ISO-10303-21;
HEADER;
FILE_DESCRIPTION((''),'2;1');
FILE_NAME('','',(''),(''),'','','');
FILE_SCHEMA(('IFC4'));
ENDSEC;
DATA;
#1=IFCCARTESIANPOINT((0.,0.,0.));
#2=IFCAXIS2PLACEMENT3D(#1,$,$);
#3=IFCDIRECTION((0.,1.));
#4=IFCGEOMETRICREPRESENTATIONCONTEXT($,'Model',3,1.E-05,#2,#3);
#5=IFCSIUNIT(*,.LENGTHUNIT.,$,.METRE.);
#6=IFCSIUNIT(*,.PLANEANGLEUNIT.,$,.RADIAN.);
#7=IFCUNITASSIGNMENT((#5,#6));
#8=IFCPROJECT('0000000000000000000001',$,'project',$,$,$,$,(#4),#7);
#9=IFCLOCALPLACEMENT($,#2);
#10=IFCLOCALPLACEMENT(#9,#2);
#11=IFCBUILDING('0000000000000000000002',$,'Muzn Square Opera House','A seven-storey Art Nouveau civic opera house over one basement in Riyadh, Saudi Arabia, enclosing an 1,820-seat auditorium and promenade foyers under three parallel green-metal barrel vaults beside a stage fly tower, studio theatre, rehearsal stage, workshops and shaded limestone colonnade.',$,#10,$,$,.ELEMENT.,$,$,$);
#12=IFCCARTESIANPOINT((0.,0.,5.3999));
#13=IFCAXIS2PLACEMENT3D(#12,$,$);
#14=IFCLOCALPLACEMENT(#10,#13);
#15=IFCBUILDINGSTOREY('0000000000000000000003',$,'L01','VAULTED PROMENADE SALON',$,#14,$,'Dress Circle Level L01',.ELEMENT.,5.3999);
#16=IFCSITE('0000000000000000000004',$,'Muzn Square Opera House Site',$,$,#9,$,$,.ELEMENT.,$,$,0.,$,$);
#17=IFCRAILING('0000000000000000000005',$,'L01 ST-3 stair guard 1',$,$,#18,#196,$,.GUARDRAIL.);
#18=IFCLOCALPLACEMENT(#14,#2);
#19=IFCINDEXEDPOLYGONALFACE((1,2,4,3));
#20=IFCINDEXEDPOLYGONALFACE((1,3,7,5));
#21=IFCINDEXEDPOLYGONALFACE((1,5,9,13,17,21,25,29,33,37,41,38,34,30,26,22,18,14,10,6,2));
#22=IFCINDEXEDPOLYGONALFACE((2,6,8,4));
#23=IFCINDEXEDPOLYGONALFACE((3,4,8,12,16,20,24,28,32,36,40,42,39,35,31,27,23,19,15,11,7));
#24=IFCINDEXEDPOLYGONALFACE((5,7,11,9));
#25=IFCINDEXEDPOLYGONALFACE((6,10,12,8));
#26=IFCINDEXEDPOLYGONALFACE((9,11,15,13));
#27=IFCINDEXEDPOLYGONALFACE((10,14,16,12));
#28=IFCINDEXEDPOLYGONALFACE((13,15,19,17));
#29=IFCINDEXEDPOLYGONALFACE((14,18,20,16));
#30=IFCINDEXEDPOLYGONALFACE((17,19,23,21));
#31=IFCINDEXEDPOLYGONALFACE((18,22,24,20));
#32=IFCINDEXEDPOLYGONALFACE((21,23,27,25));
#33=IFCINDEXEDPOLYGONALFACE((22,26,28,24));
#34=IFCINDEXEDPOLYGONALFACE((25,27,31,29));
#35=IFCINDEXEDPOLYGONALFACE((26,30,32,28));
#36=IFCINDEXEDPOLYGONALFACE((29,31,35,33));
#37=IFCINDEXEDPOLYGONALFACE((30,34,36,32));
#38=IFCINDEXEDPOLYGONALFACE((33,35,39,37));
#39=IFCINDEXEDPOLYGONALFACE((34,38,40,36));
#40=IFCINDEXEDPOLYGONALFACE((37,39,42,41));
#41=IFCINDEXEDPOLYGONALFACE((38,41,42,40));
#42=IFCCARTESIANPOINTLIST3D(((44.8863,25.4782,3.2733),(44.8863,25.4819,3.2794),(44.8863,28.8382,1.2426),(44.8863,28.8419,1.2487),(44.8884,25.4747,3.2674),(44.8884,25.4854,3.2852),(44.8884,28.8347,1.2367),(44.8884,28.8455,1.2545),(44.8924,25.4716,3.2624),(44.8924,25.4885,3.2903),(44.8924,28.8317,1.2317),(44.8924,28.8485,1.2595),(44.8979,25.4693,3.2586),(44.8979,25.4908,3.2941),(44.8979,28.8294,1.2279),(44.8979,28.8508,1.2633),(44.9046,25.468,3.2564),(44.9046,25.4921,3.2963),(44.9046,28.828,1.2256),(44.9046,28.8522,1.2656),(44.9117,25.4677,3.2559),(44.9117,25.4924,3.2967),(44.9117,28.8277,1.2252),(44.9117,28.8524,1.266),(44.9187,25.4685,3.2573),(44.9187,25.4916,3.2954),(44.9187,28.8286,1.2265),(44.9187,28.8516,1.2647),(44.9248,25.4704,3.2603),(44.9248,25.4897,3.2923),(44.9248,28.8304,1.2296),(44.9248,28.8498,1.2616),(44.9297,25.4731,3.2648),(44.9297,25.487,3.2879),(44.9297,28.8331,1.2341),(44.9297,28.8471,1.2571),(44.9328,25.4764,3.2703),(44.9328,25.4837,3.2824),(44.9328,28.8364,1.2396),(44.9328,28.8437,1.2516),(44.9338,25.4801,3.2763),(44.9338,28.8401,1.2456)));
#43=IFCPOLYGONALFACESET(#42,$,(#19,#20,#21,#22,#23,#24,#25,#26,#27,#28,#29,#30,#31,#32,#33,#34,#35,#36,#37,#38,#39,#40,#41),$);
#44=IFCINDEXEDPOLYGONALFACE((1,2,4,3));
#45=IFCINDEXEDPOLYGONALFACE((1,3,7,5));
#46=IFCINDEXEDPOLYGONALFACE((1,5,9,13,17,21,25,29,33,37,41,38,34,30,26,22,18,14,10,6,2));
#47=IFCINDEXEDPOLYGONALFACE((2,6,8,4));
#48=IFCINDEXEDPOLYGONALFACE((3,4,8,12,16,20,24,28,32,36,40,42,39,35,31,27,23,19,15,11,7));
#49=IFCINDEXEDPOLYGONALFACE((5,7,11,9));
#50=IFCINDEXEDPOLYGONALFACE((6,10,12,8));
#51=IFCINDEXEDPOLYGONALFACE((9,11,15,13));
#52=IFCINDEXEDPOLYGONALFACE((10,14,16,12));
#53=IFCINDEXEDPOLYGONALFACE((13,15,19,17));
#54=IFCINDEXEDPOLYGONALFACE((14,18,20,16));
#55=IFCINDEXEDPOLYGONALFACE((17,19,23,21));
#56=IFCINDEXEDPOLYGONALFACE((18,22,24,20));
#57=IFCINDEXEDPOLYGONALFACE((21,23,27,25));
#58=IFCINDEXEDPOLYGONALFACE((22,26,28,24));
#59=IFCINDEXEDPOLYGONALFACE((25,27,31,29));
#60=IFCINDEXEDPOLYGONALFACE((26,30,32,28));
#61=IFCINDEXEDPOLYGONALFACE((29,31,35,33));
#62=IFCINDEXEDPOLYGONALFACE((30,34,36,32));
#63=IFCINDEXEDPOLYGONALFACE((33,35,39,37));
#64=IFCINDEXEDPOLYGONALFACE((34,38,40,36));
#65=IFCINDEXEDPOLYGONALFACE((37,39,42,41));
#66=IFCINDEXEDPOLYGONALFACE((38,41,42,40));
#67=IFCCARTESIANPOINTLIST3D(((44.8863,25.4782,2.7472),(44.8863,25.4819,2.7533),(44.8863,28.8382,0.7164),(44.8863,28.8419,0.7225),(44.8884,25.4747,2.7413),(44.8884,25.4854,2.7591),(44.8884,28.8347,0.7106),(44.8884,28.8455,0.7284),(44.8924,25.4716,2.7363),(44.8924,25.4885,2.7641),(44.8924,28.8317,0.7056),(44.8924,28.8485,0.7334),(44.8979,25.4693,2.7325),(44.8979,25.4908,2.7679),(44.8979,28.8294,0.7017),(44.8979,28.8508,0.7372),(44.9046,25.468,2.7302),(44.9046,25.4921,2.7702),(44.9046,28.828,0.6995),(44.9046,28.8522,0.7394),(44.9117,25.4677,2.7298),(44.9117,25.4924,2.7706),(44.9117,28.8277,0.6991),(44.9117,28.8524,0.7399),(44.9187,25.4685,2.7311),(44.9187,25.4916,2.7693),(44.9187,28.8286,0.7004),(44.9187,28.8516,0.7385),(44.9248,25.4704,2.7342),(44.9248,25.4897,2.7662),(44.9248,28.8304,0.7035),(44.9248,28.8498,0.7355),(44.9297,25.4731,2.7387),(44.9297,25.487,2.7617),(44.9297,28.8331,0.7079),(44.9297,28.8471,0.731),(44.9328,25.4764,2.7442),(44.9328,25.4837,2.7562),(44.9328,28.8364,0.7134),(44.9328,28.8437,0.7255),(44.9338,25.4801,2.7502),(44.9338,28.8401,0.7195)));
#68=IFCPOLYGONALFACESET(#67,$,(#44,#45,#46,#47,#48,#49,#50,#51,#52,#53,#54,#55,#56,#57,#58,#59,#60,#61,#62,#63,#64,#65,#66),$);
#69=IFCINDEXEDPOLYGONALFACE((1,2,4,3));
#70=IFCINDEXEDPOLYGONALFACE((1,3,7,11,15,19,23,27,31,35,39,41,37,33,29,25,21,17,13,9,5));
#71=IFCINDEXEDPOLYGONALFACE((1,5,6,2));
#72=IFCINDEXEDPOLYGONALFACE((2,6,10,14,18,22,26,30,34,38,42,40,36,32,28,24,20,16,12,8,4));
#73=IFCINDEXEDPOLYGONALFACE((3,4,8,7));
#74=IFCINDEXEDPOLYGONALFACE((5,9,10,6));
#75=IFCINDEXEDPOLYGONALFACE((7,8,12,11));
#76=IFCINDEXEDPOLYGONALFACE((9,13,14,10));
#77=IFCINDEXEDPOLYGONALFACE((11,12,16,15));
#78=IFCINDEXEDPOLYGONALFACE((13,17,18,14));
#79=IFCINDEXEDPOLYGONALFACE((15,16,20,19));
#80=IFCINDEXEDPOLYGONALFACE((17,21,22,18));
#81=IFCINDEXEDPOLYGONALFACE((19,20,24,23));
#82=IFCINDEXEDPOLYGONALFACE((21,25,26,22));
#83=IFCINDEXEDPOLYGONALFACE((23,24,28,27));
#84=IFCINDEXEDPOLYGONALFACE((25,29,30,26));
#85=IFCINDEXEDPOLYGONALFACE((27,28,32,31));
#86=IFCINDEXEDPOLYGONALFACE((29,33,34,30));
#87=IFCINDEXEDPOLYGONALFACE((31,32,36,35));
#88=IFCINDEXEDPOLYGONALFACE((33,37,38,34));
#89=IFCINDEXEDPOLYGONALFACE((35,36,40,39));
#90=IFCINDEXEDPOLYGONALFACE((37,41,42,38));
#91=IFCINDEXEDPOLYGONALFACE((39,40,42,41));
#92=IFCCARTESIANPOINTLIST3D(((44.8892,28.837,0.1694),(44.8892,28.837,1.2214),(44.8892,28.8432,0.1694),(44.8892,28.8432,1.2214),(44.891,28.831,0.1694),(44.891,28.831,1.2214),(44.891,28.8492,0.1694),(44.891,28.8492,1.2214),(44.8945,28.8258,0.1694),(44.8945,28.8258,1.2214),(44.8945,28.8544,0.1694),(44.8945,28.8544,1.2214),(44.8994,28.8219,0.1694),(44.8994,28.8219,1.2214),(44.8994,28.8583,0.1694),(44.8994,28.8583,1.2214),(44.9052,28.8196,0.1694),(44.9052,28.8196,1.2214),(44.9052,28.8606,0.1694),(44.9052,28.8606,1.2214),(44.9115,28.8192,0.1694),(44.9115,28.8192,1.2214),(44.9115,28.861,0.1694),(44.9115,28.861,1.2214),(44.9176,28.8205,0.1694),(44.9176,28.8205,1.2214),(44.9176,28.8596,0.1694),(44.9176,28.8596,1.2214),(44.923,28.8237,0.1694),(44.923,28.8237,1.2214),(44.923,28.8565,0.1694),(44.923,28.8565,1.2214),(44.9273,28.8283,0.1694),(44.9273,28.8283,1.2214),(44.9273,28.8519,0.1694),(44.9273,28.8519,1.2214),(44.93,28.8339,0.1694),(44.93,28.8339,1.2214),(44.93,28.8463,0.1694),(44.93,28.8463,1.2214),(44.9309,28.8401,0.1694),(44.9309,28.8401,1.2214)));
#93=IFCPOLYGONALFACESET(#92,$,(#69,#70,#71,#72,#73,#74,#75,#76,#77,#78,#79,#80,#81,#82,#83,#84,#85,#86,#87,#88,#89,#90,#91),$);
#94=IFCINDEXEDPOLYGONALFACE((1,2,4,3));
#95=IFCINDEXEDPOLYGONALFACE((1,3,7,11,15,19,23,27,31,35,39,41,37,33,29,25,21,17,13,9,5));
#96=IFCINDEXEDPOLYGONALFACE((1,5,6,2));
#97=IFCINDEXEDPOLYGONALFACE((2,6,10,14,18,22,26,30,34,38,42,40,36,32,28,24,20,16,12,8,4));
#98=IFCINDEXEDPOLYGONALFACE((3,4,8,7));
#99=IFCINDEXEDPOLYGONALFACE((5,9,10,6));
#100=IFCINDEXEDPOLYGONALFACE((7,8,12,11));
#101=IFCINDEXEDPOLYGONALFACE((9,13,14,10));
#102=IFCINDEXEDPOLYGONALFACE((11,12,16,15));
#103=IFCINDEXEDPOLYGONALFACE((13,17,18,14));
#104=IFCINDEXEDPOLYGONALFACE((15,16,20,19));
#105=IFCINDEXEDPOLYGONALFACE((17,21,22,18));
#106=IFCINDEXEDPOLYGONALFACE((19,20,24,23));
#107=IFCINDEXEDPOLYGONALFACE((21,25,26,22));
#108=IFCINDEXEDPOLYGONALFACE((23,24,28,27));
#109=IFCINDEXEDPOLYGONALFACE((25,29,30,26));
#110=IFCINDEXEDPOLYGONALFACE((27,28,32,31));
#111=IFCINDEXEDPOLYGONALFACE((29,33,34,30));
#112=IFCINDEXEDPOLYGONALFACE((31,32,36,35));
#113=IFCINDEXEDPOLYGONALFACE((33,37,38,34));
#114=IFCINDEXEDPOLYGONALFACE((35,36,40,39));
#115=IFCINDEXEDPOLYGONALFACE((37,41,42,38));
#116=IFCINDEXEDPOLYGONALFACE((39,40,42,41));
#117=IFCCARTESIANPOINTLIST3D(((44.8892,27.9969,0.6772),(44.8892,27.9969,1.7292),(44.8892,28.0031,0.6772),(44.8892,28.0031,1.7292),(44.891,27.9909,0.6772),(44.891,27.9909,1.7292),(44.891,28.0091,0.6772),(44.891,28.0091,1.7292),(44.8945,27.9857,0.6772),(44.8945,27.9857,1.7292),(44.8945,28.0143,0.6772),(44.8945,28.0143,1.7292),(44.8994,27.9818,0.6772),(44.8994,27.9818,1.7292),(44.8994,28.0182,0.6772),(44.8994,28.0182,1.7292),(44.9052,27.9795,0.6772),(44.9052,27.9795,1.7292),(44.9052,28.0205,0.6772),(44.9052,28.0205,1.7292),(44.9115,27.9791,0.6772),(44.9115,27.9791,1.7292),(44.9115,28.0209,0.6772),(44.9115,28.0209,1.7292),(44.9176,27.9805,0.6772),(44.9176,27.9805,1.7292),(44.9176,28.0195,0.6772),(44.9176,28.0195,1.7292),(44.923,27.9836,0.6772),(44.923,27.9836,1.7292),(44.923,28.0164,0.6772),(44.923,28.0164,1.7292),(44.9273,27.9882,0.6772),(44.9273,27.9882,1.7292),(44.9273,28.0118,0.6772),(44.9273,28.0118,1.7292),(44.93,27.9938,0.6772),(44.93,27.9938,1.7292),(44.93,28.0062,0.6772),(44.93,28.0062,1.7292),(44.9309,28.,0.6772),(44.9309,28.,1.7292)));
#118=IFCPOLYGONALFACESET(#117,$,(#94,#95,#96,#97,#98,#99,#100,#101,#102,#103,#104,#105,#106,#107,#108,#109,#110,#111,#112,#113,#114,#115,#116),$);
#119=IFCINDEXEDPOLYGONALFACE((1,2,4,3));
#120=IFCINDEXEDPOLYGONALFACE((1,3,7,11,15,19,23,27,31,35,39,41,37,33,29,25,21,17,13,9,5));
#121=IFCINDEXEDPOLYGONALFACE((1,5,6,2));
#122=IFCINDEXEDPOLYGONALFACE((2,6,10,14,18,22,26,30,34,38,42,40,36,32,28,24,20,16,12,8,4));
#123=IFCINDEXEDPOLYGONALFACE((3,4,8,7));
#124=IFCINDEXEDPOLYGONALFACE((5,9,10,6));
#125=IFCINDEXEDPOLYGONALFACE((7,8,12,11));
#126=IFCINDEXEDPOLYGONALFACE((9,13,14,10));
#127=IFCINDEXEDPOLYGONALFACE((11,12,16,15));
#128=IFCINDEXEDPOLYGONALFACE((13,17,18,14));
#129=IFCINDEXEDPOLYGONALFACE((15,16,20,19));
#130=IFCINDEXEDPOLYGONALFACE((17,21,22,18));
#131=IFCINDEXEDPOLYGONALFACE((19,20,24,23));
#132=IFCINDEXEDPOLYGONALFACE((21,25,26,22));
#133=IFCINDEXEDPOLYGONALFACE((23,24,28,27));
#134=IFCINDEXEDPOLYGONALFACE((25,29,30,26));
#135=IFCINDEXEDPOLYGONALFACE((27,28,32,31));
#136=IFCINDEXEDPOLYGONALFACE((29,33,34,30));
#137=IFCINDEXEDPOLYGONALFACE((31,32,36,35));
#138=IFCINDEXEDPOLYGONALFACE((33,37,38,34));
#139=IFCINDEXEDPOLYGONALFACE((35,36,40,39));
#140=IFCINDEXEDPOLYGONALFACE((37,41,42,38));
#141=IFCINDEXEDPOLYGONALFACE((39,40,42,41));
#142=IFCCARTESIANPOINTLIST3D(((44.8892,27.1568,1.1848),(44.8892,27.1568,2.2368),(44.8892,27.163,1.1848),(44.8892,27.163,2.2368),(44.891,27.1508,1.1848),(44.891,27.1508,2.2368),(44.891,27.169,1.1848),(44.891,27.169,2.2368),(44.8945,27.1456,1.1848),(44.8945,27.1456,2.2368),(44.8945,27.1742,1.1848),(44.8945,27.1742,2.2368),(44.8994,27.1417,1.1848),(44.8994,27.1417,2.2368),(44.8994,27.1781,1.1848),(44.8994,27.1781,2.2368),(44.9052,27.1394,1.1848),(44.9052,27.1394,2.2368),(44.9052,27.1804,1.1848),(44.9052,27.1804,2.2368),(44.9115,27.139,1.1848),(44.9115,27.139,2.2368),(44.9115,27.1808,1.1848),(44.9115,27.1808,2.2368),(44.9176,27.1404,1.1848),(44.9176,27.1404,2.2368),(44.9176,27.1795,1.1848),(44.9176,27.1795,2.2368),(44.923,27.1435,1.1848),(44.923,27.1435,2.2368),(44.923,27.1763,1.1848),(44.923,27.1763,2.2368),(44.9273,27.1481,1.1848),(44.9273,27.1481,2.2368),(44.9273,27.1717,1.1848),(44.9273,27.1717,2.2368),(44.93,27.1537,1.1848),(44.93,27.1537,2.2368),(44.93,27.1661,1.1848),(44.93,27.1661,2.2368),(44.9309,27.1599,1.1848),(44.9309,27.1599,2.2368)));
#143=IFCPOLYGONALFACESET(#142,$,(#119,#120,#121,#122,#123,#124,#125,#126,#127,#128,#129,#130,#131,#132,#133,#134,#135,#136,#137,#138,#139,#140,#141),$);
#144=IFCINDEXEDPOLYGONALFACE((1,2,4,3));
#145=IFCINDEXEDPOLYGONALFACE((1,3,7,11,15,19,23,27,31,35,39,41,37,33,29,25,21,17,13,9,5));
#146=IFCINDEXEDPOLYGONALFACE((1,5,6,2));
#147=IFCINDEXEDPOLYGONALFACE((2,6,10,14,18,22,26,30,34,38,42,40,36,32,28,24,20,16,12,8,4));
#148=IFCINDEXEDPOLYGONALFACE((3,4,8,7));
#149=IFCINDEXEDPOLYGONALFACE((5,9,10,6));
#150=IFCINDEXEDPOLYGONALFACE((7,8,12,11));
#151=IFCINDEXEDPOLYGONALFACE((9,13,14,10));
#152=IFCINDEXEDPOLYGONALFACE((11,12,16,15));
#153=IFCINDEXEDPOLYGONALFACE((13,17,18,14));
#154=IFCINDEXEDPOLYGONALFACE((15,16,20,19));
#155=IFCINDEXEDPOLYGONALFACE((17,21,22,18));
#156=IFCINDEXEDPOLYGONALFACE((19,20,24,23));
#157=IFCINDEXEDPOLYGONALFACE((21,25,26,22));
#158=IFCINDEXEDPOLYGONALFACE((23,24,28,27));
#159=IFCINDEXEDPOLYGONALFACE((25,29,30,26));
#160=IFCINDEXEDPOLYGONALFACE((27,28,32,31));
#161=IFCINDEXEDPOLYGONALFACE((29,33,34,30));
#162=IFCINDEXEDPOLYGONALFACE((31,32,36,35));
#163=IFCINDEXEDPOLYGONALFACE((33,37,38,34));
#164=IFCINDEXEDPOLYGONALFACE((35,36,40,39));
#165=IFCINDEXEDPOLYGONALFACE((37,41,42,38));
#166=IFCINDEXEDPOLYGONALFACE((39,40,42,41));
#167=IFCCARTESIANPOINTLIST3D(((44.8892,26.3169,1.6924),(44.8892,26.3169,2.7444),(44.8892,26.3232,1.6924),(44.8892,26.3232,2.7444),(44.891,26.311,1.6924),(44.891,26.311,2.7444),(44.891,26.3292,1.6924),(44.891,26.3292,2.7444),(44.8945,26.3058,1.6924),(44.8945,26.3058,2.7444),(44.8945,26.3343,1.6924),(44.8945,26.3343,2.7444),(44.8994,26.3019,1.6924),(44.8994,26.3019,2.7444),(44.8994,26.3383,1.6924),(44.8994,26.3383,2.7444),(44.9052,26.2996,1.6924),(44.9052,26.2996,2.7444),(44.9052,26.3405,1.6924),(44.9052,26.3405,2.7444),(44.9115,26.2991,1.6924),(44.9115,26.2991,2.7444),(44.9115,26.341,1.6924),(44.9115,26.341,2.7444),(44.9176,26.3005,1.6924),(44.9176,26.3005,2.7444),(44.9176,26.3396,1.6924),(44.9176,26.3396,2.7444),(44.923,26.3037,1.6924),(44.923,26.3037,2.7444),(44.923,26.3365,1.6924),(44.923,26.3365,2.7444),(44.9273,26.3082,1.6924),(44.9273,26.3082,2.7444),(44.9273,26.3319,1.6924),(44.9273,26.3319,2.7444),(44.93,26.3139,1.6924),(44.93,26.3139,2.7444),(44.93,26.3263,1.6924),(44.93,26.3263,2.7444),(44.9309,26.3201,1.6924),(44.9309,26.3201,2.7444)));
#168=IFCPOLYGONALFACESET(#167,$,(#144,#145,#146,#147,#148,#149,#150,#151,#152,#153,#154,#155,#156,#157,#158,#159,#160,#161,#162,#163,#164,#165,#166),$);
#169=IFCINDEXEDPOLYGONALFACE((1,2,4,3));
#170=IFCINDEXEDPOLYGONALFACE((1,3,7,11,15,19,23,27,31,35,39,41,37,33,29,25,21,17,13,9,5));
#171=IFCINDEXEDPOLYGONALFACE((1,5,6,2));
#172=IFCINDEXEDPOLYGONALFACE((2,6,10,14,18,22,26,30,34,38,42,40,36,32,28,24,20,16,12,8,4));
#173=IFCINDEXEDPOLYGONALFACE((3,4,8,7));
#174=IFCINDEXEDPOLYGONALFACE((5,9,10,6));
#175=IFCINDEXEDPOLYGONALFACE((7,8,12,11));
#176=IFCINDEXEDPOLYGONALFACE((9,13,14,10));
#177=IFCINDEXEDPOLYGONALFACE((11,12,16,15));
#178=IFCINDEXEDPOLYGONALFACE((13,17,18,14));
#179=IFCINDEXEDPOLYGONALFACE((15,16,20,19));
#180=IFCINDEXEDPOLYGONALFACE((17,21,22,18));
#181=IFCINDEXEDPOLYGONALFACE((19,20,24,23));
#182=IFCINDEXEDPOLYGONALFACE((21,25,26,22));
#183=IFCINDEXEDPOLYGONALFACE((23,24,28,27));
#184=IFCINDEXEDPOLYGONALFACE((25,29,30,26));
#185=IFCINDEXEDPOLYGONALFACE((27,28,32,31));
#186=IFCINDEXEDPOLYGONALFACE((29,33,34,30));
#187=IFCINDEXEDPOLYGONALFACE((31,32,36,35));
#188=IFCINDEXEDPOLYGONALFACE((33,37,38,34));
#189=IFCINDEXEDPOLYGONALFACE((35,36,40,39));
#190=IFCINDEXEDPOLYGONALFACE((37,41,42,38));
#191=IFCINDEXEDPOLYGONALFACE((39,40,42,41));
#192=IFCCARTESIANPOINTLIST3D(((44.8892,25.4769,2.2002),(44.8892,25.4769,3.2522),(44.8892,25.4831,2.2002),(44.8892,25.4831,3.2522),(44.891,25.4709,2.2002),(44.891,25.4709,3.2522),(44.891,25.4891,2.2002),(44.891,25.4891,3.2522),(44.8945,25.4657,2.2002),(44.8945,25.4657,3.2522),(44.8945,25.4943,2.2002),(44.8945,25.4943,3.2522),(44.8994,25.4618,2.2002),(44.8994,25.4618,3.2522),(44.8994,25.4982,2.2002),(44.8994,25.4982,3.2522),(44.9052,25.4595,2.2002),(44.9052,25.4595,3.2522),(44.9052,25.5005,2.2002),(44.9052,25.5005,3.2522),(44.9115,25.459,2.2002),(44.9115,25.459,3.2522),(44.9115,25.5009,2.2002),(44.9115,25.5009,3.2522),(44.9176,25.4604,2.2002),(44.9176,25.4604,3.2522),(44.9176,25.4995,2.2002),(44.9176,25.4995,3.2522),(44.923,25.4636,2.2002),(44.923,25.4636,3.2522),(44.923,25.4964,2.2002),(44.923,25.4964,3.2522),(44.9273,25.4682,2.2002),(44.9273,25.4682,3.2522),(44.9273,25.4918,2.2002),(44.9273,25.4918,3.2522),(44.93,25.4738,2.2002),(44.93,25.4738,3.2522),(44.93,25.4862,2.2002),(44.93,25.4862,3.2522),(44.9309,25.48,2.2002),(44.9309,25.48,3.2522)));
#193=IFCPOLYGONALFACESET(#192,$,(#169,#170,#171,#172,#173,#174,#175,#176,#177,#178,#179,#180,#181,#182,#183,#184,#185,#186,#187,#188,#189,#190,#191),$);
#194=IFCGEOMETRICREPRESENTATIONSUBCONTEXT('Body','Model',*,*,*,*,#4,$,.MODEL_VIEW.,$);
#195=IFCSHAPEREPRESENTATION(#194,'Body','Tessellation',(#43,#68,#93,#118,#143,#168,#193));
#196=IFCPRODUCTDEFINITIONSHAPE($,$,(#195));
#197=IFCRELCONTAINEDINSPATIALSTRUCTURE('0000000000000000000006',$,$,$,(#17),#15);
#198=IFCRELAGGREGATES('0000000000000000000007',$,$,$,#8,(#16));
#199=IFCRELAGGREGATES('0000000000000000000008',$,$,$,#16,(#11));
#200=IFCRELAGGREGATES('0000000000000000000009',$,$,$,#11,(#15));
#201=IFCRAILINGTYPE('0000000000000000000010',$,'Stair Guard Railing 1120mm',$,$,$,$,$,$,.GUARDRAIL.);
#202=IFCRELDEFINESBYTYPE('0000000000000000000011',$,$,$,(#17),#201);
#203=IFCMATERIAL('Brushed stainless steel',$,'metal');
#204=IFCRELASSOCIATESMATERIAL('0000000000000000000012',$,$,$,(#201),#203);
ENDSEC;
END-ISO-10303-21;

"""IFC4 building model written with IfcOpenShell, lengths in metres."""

from ifc_helpers import new_model, si_unit, direction, frame, origin, origin_2d, place, context, subcontext, project, spatial, circle, extrude, material, type_object, element, save


model = new_model("IFC4")

# Units and contexts
model_context = context("Model", 3, precision=1e-05, world=origin(), true_north=direction((0.0, 1.0)))
body_context = subcontext(model_context, "Body", "Model", "MODEL_VIEW")
ifc_project = project(units=[si_unit("LENGTHUNIT", "METRE"), si_unit("PLANEANGLEUNIT", "RADIAN")], contexts=[model_context])

# Site, building, storey
site_placement = place(None, origin())
site = spatial("IfcSite", under=ifc_project, at=site_placement, Name="Muzn Square Opera House Site", CompositionType="ELEMENT", RefElevation=0.0)
building_placement = place(site_placement, origin())
building = spatial("IfcBuilding", under=site, at=building_placement, Name="Muzn Square Opera House", Description="A seven-storey Art Nouveau civic opera house over one basement in Riyadh, Saudi Arabia, enclosing an 1,820-seat auditorium and promenade foyers under three parallel green-metal barrel vaults beside a stage fly tower, studio theatre, rehearsal stage, workshops and shaded limestone colonnade.", CompositionType="ELEMENT")
storey_placement = place(building_placement, frame((0.0, 0.0, 5.3999)))
storey = spatial("IfcBuildingStorey", under=building, at=storey_placement, Name="L01", Description="VAULTED PROMENADE SALON", LongName="Dress Circle Level L01", CompositionType="ELEMENT", Elevation=5.3999)

# Shared definitions
ifc_material_1 = material(Name="Brushed stainless steel", Category="metal")

# Railing
railing_type_1 = type_object("IfcRailingType", Name="Stair Guard Railing 1120mm", PredefinedType="GUARDRAIL", material=ifc_material_1)
railing_1_placement = place(storey_placement, frame((44.9099, 28.8401, 0.1694)))
element("IfcRailing", 1, at=railing_1_placement, inside=storey, type_object=railing_type_1, Name="L01 ST-3 stair guard 1", PredefinedType="GUARDRAIL", context=body_context, shape_type="SweptSolid", body=[
    extrude(circle(Radius=0.0239, at=origin_2d()), frame((0.0, 0.0, 1.0762), z_axis=(0.0, -0.855837, 0.517246), x_axis=(1.0, 0.0, 0.0)), (0.0, 0.0, 1.0), 3.926),
    extrude(circle(Radius=0.0239, at=origin_2d()), frame((0.0, 0.0, 0.55), z_axis=(0.0, -0.855837, 0.517246), x_axis=(1.0, 0.0, 0.0)), (0.0, 0.0, 1.0), 3.926),
    extrude(circle(Radius=0.021, at=origin_2d()), origin(), (0.0, 0.0, 1.0), 1.052),
    extrude(circle(Radius=0.021, at=origin_2d()), frame((0.0, -0.8401, 0.5078)), (0.0, 0.0, 1.0), 1.052),
    extrude(circle(Radius=0.021, at=origin_2d()), frame((0.0, -1.6802, 1.0154)), (0.0, 0.0, 1.0), 1.052),
    extrude(circle(Radius=0.021, at=origin_2d()), frame((0.0, -2.52, 1.5229)), (0.0, 0.0, 1.0), 1.052),
    extrude(circle(Radius=0.021, at=origin_2d()), frame((0.0, -3.3601, 2.0308)), (0.0, 0.0, 1.0), 1.052),
])

save(model, "model.ifc")
